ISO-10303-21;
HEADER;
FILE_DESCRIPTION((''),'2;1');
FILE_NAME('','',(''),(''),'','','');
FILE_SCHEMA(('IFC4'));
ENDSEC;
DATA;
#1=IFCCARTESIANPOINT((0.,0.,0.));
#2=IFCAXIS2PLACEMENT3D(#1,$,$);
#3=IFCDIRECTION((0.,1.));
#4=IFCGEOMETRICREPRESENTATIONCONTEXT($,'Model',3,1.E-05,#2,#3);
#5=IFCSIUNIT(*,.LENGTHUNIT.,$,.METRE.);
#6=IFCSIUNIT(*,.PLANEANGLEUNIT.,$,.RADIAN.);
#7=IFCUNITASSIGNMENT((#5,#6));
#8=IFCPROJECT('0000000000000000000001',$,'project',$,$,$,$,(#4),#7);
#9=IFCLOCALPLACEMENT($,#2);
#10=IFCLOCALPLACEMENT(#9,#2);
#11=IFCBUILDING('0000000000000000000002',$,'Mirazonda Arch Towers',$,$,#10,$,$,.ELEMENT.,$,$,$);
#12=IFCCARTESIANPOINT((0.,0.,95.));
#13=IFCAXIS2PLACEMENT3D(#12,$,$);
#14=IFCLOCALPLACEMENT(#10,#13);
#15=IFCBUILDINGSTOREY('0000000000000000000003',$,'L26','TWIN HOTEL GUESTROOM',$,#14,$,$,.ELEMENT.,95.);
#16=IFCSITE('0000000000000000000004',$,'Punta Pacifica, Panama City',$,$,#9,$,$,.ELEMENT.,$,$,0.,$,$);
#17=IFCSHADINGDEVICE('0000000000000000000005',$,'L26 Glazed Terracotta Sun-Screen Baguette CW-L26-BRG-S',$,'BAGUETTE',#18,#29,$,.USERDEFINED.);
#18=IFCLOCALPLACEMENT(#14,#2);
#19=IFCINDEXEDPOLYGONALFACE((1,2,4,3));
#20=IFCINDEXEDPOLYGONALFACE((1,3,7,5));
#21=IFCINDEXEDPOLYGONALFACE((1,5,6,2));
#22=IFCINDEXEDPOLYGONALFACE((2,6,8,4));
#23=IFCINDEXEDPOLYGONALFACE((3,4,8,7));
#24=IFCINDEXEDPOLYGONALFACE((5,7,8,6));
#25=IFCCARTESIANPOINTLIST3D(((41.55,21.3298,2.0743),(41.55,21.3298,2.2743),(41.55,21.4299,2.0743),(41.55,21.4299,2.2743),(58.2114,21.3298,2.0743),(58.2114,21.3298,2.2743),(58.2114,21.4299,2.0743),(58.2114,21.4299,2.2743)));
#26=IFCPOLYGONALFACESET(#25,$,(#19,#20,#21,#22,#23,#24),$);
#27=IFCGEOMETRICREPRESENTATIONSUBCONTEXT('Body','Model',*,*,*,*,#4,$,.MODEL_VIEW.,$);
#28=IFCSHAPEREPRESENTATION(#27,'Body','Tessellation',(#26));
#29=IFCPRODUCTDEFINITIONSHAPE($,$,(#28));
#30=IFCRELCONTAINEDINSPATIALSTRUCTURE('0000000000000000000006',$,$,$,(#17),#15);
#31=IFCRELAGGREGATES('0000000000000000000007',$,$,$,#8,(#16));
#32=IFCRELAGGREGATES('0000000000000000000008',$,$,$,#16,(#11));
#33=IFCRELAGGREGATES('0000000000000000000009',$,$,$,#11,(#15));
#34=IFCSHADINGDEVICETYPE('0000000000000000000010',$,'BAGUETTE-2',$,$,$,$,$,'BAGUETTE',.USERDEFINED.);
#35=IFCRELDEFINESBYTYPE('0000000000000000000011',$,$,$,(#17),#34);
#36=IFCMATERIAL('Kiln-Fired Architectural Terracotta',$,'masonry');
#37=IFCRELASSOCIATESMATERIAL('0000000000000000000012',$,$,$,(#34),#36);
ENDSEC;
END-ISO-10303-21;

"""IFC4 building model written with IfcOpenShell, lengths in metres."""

from ifc_helpers import new_model, si_unit, direction, frame, origin, origin_2d, place, context, subcontext, project, spatial, rectangle, extrude, material, material_profile, profile_set, type_object, element, save


model = new_model("IFC4")

# Units and contexts
model_context = context("Model", 3, precision=1e-05, world=origin(), true_north=direction((0.0, 1.0)))
body_context = subcontext(model_context, "Body", "Model", "MODEL_VIEW")
ifc_project = project(units=[si_unit("LENGTHUNIT", "METRE"), si_unit("PLANEANGLEUNIT", "RADIAN")], contexts=[model_context])

# Site, building, storey
site_placement = place(None, origin())
site = spatial("IfcSite", under=ifc_project, at=site_placement, Name="Punta Pacifica, Panama City", CompositionType="ELEMENT", RefElevation=0.0)
building_placement = place(site_placement, origin())
building = spatial("IfcBuilding", under=site, at=building_placement, Name="Mirazonda Arch Towers", CompositionType="ELEMENT")
storey_placement = place(building_placement, frame((0.0, 0.0, 95.0)))
storey = spatial("IfcBuildingStorey", under=building, at=storey_placement, Name="L26", Description="TWIN HOTEL GUESTROOM", CompositionType="ELEMENT", Elevation=95.0)

# Shading device
ifc_material_1 = material(Name="Kiln-Fired Architectural Terracotta", Category="masonry")
ifc_material_profile_1 = material_profile(ifc_material_1, rectangle(XDim=0.1001, YDim=0.2, at=origin_2d()), Name="TERRA-BAG-100x200")
ifc_profile_set_1 = profile_set([ifc_material_profile_1], Name="Kiln-Fired Architectural Terracotta")
shading_device_type = type_object("IfcShadingDeviceType", Name="BAGUETTE-2", ElementType="BAGUETTE", PredefinedType="USERDEFINED", material=ifc_profile_set_1)
shading_device_1_placement = place(storey_placement, frame((58.2114, 21.3799, 2.1743), z_axis=(-1.0, 0.0, 0.0), x_axis=(0.0, -1.0, 0.0)))
element("IfcShadingDevice", 1, at=shading_device_1_placement, inside=storey, type_object=shading_device_type, Name="L26 Glazed Terracotta Sun-Screen Baguette CW-L26-BRG-S", ObjectType="BAGUETTE", PredefinedType="USERDEFINED", context=body_context, shape_type="SweptSolid", body=[
    extrude(rectangle(XDim=0.1001, YDim=0.2, at=origin_2d()), origin(), (0.0, 0.0, 1.0), 16.6614),
])

save(model, "model.ifc")
